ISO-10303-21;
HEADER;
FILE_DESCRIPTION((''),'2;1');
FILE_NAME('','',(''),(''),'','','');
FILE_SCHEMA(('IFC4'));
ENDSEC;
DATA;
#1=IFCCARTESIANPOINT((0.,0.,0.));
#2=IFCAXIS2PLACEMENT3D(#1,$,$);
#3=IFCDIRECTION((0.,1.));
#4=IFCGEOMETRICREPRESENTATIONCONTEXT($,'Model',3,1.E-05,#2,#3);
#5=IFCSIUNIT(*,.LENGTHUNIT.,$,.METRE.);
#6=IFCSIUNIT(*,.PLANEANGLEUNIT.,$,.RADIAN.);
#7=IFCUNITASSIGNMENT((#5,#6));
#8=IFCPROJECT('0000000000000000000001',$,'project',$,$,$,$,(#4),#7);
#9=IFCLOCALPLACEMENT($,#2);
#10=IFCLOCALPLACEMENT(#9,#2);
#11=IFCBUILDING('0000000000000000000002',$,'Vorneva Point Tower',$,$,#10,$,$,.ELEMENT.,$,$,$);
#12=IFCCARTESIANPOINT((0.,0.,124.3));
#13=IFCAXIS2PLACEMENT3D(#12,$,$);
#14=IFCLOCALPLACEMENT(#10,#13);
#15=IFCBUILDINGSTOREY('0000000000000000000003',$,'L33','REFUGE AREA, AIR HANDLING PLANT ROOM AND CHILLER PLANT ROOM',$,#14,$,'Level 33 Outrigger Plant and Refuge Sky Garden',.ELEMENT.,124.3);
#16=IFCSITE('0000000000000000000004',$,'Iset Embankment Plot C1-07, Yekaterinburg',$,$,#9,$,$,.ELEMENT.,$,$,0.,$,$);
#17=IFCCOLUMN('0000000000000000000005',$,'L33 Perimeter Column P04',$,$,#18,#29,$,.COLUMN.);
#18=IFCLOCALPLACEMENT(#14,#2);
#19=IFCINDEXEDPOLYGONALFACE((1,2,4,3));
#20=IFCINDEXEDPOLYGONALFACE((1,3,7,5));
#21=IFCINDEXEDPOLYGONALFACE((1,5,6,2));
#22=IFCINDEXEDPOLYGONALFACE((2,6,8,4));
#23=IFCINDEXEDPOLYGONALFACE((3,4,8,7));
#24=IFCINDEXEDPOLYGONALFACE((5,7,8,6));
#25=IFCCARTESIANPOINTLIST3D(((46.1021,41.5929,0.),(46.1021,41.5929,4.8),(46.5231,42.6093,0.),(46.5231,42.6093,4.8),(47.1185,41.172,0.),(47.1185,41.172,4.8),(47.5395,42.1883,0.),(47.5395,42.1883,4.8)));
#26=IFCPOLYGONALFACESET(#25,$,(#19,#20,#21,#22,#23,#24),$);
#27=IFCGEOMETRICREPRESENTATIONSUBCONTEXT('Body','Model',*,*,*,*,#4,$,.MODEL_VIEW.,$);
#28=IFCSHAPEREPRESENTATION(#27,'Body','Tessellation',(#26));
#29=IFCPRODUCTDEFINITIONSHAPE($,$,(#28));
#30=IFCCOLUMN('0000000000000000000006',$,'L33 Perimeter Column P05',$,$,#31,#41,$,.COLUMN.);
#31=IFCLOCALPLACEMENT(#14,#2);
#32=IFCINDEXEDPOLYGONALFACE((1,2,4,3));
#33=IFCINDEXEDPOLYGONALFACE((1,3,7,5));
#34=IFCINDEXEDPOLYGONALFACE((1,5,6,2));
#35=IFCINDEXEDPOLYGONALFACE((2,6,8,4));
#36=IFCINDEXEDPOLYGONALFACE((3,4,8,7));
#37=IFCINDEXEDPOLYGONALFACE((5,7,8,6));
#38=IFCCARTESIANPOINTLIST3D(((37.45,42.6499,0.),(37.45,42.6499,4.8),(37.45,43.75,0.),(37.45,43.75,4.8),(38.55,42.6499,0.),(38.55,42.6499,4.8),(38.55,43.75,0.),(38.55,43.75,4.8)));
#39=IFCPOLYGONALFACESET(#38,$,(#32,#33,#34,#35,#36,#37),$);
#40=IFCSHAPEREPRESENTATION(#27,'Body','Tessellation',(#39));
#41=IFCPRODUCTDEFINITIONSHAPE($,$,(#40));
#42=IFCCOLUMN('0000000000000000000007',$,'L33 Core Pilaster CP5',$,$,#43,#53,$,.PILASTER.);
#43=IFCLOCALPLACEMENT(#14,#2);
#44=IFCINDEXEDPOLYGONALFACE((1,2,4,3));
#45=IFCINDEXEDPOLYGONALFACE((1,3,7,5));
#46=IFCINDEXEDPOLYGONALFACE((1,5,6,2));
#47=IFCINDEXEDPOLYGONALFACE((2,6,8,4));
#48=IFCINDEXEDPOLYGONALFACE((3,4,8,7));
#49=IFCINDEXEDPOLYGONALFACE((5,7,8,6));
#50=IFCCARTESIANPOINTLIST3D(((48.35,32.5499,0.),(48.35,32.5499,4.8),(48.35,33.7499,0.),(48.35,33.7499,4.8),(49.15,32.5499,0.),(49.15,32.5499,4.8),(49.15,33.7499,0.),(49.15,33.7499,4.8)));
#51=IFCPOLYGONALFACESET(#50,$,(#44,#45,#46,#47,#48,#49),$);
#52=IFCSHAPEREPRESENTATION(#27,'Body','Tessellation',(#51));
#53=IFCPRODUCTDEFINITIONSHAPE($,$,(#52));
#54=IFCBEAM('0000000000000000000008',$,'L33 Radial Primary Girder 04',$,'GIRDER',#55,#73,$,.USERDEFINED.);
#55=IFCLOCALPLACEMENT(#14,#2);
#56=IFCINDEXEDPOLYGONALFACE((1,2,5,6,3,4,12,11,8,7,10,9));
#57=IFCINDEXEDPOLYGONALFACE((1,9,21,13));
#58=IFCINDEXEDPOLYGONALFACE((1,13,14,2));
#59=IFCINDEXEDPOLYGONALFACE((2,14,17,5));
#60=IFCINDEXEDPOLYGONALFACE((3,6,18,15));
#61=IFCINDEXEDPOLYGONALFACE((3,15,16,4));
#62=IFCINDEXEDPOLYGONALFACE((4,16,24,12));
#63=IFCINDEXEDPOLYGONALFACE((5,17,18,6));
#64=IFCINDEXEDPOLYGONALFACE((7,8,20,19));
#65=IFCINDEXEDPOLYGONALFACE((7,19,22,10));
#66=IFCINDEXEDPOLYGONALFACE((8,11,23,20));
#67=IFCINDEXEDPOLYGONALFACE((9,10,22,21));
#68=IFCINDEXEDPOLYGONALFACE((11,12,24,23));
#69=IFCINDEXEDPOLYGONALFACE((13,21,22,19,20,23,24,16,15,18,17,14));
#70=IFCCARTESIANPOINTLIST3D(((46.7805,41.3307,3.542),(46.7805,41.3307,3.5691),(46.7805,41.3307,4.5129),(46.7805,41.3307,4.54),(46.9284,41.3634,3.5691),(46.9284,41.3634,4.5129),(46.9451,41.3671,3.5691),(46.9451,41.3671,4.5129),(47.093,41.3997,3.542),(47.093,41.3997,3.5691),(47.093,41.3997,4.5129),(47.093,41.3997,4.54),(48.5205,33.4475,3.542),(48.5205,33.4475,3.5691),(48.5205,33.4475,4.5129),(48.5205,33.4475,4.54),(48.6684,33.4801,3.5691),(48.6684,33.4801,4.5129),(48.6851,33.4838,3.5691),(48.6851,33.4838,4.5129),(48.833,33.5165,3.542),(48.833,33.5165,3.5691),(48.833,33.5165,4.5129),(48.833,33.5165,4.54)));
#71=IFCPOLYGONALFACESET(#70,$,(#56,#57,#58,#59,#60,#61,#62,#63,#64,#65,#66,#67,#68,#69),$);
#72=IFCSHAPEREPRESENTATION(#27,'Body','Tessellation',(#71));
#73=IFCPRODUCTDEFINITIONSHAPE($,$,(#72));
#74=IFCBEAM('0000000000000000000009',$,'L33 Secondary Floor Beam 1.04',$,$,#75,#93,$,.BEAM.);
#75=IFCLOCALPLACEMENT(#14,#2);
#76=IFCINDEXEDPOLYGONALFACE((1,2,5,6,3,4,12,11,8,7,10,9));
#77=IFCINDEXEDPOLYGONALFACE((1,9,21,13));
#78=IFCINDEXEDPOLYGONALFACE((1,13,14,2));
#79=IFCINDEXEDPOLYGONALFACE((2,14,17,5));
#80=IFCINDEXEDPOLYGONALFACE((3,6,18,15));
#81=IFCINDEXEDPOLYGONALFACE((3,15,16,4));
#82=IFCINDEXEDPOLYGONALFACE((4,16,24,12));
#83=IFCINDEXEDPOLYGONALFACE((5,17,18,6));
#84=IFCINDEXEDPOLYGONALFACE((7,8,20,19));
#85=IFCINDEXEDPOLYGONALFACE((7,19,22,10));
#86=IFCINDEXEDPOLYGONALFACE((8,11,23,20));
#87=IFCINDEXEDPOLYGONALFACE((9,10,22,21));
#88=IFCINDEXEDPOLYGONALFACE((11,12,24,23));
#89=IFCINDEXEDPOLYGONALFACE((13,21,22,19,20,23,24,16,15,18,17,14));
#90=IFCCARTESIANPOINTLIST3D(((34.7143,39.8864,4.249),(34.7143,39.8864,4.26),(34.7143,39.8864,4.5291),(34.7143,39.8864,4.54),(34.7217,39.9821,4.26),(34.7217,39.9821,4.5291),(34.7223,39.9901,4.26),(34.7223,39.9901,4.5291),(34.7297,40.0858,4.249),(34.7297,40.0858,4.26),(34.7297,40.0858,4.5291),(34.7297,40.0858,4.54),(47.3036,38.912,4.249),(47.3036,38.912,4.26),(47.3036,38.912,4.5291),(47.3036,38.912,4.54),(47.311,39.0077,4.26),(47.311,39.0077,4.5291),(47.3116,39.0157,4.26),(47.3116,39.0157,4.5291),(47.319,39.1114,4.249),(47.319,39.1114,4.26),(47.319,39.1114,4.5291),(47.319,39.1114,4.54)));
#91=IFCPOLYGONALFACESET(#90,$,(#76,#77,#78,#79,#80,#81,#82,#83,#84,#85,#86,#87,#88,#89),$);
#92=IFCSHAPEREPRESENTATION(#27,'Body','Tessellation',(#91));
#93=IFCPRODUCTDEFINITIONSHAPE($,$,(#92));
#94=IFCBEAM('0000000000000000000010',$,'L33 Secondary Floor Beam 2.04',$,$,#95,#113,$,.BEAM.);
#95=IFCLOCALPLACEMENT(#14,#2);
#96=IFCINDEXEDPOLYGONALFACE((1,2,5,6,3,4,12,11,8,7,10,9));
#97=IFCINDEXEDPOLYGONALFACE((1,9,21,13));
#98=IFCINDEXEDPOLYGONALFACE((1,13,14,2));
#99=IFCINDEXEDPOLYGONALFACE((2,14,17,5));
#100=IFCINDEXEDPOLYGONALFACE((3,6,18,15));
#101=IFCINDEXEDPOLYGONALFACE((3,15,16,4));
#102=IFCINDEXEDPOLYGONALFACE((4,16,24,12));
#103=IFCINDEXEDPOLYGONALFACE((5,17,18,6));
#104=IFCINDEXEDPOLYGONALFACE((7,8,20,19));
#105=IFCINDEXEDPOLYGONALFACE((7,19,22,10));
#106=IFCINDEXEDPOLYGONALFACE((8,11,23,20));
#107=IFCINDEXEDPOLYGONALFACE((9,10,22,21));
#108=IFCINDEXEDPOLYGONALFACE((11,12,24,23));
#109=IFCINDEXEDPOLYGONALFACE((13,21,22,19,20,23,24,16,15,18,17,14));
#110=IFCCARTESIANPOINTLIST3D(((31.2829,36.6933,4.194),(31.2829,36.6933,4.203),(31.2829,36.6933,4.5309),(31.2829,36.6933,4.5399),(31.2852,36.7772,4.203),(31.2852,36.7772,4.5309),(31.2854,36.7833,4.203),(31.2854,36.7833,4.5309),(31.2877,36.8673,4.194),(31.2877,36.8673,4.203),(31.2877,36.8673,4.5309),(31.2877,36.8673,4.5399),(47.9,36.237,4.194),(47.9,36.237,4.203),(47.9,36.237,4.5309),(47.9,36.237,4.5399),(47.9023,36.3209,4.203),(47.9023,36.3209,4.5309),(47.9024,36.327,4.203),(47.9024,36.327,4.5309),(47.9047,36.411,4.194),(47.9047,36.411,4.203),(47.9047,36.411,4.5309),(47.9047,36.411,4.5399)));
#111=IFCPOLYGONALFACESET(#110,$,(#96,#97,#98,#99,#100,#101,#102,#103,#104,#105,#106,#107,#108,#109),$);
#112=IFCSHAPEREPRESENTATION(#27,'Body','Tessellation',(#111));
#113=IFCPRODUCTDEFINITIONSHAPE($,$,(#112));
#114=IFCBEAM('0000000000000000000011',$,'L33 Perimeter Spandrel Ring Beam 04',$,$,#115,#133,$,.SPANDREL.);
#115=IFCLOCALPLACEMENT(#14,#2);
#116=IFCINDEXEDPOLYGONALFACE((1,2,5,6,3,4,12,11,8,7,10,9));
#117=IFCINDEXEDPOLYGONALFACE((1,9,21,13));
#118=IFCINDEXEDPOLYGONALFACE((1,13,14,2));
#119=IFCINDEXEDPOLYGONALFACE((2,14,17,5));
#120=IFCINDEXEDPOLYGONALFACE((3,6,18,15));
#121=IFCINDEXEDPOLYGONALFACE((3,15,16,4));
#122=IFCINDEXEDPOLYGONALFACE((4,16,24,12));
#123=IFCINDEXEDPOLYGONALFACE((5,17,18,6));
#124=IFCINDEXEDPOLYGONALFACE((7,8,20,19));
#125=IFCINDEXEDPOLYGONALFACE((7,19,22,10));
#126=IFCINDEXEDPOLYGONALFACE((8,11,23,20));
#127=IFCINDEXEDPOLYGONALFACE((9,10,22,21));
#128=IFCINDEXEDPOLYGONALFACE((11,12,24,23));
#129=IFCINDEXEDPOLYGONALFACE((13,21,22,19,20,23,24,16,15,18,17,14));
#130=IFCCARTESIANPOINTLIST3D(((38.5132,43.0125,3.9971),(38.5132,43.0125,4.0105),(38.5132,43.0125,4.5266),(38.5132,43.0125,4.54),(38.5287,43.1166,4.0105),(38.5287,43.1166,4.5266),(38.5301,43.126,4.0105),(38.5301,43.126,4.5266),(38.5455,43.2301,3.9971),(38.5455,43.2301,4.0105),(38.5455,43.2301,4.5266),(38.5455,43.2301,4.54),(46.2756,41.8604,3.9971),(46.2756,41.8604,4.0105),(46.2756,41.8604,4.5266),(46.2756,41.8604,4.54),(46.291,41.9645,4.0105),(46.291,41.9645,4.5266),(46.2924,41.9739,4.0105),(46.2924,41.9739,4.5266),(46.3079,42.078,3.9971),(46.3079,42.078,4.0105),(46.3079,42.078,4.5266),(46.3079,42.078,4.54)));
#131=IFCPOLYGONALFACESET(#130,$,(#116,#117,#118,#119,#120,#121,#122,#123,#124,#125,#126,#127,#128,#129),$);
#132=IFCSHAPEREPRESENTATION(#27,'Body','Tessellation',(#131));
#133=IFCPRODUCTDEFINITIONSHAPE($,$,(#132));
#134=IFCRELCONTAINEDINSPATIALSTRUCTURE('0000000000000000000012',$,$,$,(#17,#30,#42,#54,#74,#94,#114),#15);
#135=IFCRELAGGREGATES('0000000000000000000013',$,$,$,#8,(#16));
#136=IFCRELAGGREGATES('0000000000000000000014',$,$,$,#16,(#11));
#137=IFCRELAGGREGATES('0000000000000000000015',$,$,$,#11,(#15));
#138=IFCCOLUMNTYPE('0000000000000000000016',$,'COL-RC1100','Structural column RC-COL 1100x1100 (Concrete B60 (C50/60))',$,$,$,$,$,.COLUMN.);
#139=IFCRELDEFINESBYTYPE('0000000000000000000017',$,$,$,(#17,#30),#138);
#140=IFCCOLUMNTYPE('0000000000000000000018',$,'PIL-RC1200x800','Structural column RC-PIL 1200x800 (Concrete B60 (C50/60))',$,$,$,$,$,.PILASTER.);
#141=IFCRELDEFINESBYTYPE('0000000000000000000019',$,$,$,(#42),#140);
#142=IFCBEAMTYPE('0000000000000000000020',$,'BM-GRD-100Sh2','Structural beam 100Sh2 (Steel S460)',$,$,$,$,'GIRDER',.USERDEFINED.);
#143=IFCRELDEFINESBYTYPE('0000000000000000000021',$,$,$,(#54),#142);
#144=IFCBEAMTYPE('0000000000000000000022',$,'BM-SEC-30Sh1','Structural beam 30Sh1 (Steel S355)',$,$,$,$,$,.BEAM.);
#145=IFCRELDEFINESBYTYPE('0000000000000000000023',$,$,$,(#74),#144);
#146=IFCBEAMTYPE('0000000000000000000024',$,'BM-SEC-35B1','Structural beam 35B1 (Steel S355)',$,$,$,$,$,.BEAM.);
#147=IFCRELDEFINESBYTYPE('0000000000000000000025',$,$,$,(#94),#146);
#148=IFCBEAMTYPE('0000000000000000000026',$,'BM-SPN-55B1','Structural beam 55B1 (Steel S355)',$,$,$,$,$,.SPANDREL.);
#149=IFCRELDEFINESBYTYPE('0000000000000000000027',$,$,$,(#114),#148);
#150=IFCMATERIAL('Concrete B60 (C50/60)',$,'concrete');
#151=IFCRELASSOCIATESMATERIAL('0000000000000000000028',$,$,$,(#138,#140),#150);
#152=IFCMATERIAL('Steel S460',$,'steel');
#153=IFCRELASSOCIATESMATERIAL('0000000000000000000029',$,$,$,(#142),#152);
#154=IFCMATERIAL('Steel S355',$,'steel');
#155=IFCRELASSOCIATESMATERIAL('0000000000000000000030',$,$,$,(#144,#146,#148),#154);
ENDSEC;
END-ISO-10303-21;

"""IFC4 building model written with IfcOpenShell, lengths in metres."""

from ifc_helpers import new_model, si_unit, direction, frame, origin, origin_2d, place, context, subcontext, project, spatial, rectangle, i_section, extrude, material, material_profile, profile_set, type_object, element, save


model = new_model("IFC4")

# Units and contexts
model_context = context("Model", 3, precision=1e-05, world=origin(), true_north=direction((0.0, 1.0)))
body_context = subcontext(model_context, "Body", "Model", "MODEL_VIEW")
ifc_project = project(units=[si_unit("LENGTHUNIT", "METRE"), si_unit("PLANEANGLEUNIT", "RADIAN")], contexts=[model_context])

# Site, building, storey
site_placement = place(None, origin())
site = spatial("IfcSite", under=ifc_project, at=site_placement, Name="Iset Embankment Plot C1-07, Yekaterinburg", CompositionType="ELEMENT", RefElevation=0.0)
building_placement = place(site_placement, origin())
building = spatial("IfcBuilding", under=site, at=building_placement, Name="Vorneva Point Tower", CompositionType="ELEMENT")
storey_placement = place(building_placement, frame((0.0, 0.0, 124.3)))
storey = spatial("IfcBuildingStorey", under=building, at=storey_placement, Name="L33", Description="REFUGE AREA, AIR HANDLING PLANT ROOM AND CHILLER PLANT ROOM", LongName="Level 33 Outrigger Plant and Refuge Sky Garden", CompositionType="ELEMENT", Elevation=124.3)

# Columns
ifc_material_1 = material(Name="Concrete B60 (C50/60)", Category="concrete")
ifc_material_profile_1 = material_profile(ifc_material_1, rectangle(XDim=1.1001, YDim=1.1001, at=origin_2d()), Name="RC-COL 1100x1100")
ifc_profile_set_1 = profile_set([ifc_material_profile_1], Name="Concrete B60 (C50/60)")
column_type_1 = type_object("IfcColumnType", Name="COL-RC1100", Description="Structural column RC-COL 1100x1100 (Concrete B60 (C50/60))", PredefinedType="COLUMN", material=ifc_profile_set_1)
for number, where, z_axis, x_axis, name in (
    (1, (46.8208, 41.8906, 0.0), (0.0, 0.0, 1.0), (0.382683, 0.92388, 0.0), "L33 Perimeter Column P04"),
    (2, (38.0, 43.2, 0.0), (0.0, 0.0, 1.0), (0.0, 1.0, 0.0), "L33 Perimeter Column P05"),
):
    element("IfcColumn", number, at=place(storey_placement, frame(where, z_axis=z_axis, x_axis=x_axis)), inside=storey, type_object=column_type_1, Name=name, PredefinedType="COLUMN", context=body_context, shape_type="SweptSolid", body=[
        extrude(rectangle(XDim=1.1001, YDim=1.1001, at=origin_2d()), origin(), (0.0, 0.0, 1.0), 4.8),
    ])
ifc_material_profile_2 = material_profile(ifc_material_1, rectangle(XDim=0.8, YDim=1.2, at=origin_2d()), Name="RC-PIL 1200x800")
ifc_profile_set_2 = profile_set([ifc_material_profile_2], Name="Concrete B60 (C50/60)")
column_type_2 = type_object("IfcColumnType", Name="PIL-RC1200x800", Description="Structural column RC-PIL 1200x800 (Concrete B60 (C50/60))", PredefinedType="PILASTER", material=ifc_profile_set_2)
column_placement = place(storey_placement, frame((48.75, 33.1499, 0.0), z_axis=(0.0, 0.0, 1.0), x_axis=(1.0, 0.0, 0.0)))
element("IfcColumn", 3, at=column_placement, inside=storey, type_object=column_type_2, Name="L33 Core Pilaster CP5", PredefinedType="PILASTER", context=body_context, shape_type="SweptSolid", body=[
    extrude(rectangle(XDim=0.8, YDim=1.2, at=origin_2d()), origin(), (0.0, 0.0, 1.0), 4.8),
])

# Beams
ifc_material_2 = material(Name="Steel S460", Category="steel")
ifc_material_profile_3 = material_profile(ifc_material_2, i_section(OverallWidth=0.3201, OverallDepth=0.998, WebThickness=0.0171, FlangeThickness=0.0271, at=origin_2d()), Name="100Sh2")
ifc_profile_set_3 = profile_set([ifc_material_profile_3], Name="Steel S460")
beam_type_1 = type_object("IfcBeamType", Name="BM-GRD-100Sh2", Description="Structural beam 100Sh2 (Steel S460)", ElementType="GIRDER", PredefinedType="USERDEFINED", material=ifc_profile_set_3)
beam_1_placement = place(storey_placement, frame((46.9368, 41.3652, 4.041), z_axis=(0.215531, -0.976497, 0.0), x_axis=(0.976497, 0.215531, 0.0)))
element("IfcBeam", 4, at=beam_1_placement, inside=storey, type_object=beam_type_1, Name="L33 Radial Primary Girder 04", ObjectType="GIRDER", PredefinedType="USERDEFINED", context=body_context, shape_type="SweptSolid", body=[
    extrude(i_section(OverallWidth=0.3201, OverallDepth=0.998, WebThickness=0.0171, FlangeThickness=0.0271, at=origin_2d()), origin(), (0.0, 0.0, 1.0), 8.073),
])
ifc_material_3 = material(Name="Steel S355", Category="steel")
ifc_material_profile_4 = material_profile(ifc_material_3, i_section(OverallWidth=0.2, OverallDepth=0.291, WebThickness=0.0081, FlangeThickness=0.011, at=origin_2d()), Name="30Sh1")
ifc_profile_set_4 = profile_set([ifc_material_profile_4], Name="Steel S355")
beam_type_2 = type_object("IfcBeamType", Name="BM-SEC-30Sh1", Description="Structural beam 30Sh1 (Steel S355)", PredefinedType="BEAM", material=ifc_profile_set_4)
beam_2_placement = place(storey_placement, frame((47.3113, 39.0117, 4.3945), z_axis=(-0.997018, 0.077165, 0.0), x_axis=(-0.077165, -0.997018, 0.0)))
element("IfcBeam", 5, at=beam_2_placement, inside=storey, type_object=beam_type_2, Name="L33 Secondary Floor Beam 1.04", PredefinedType="BEAM", context=body_context, shape_type="SweptSolid", body=[
    extrude(i_section(OverallWidth=0.2, OverallDepth=0.291, WebThickness=0.0081, FlangeThickness=0.011, at=origin_2d()), origin(), (0.0, 0.0, 1.0), 12.627),
])
ifc_material_profile_5 = material_profile(ifc_material_3, i_section(OverallWidth=0.1741, OverallDepth=0.3459, WebThickness=0.0061, FlangeThickness=0.009, at=origin_2d()), Name="35B1")
ifc_profile_set_5 = profile_set([ifc_material_profile_5], Name="Steel S355")
beam_type_3 = type_object("IfcBeamType", Name="BM-SEC-35B1", Description="Structural beam 35B1 (Steel S355)", PredefinedType="BEAM", material=ifc_profile_set_5)
beam_3_placement = place(storey_placement, frame((47.9023, 36.324, 4.3669), z_axis=(-0.999623, 0.02745, 0.0), x_axis=(-0.02745, -0.999623, 0.0)))
element("IfcBeam", 6, at=beam_3_placement, inside=storey, type_object=beam_type_3, Name="L33 Secondary Floor Beam 2.04", PredefinedType="BEAM", context=body_context, shape_type="SweptSolid", body=[
    extrude(i_section(OverallWidth=0.1741, OverallDepth=0.3459, WebThickness=0.0061, FlangeThickness=0.009, at=origin_2d()), origin(), (0.0, 0.0, 1.0), 16.6233),
])
ifc_material_profile_6 = material_profile(ifc_material_3, i_section(OverallWidth=0.22, OverallDepth=0.543, WebThickness=0.0095, FlangeThickness=0.0134, at=origin_2d()), Name="55B1")
ifc_profile_set_6 = profile_set([ifc_material_profile_6], Name="Steel S355")
beam_type_4 = type_object("IfcBeamType", Name="BM-SPN-55B1", Description="Structural beam 55B1 (Steel S355)", PredefinedType="SPANDREL", material=ifc_profile_set_6)
beam_4_placement = place(storey_placement, frame((46.2917, 41.9692, 4.2686), z_axis=(-0.989165, 0.146811, 0.0), x_axis=(-0.146811, -0.989165, 0.0)))
element("IfcBeam", 7, at=beam_4_placement, inside=storey, type_object=beam_type_4, Name="L33 Perimeter Spandrel Ring Beam 04", PredefinedType="SPANDREL", context=body_context, shape_type="SweptSolid", body=[
    extrude(i_section(OverallWidth=0.22, OverallDepth=0.543, WebThickness=0.0095, FlangeThickness=0.0134, at=origin_2d()), origin(), (0.0, 0.0, 1.0), 7.8474),
])

save(model, "model.ifc")
